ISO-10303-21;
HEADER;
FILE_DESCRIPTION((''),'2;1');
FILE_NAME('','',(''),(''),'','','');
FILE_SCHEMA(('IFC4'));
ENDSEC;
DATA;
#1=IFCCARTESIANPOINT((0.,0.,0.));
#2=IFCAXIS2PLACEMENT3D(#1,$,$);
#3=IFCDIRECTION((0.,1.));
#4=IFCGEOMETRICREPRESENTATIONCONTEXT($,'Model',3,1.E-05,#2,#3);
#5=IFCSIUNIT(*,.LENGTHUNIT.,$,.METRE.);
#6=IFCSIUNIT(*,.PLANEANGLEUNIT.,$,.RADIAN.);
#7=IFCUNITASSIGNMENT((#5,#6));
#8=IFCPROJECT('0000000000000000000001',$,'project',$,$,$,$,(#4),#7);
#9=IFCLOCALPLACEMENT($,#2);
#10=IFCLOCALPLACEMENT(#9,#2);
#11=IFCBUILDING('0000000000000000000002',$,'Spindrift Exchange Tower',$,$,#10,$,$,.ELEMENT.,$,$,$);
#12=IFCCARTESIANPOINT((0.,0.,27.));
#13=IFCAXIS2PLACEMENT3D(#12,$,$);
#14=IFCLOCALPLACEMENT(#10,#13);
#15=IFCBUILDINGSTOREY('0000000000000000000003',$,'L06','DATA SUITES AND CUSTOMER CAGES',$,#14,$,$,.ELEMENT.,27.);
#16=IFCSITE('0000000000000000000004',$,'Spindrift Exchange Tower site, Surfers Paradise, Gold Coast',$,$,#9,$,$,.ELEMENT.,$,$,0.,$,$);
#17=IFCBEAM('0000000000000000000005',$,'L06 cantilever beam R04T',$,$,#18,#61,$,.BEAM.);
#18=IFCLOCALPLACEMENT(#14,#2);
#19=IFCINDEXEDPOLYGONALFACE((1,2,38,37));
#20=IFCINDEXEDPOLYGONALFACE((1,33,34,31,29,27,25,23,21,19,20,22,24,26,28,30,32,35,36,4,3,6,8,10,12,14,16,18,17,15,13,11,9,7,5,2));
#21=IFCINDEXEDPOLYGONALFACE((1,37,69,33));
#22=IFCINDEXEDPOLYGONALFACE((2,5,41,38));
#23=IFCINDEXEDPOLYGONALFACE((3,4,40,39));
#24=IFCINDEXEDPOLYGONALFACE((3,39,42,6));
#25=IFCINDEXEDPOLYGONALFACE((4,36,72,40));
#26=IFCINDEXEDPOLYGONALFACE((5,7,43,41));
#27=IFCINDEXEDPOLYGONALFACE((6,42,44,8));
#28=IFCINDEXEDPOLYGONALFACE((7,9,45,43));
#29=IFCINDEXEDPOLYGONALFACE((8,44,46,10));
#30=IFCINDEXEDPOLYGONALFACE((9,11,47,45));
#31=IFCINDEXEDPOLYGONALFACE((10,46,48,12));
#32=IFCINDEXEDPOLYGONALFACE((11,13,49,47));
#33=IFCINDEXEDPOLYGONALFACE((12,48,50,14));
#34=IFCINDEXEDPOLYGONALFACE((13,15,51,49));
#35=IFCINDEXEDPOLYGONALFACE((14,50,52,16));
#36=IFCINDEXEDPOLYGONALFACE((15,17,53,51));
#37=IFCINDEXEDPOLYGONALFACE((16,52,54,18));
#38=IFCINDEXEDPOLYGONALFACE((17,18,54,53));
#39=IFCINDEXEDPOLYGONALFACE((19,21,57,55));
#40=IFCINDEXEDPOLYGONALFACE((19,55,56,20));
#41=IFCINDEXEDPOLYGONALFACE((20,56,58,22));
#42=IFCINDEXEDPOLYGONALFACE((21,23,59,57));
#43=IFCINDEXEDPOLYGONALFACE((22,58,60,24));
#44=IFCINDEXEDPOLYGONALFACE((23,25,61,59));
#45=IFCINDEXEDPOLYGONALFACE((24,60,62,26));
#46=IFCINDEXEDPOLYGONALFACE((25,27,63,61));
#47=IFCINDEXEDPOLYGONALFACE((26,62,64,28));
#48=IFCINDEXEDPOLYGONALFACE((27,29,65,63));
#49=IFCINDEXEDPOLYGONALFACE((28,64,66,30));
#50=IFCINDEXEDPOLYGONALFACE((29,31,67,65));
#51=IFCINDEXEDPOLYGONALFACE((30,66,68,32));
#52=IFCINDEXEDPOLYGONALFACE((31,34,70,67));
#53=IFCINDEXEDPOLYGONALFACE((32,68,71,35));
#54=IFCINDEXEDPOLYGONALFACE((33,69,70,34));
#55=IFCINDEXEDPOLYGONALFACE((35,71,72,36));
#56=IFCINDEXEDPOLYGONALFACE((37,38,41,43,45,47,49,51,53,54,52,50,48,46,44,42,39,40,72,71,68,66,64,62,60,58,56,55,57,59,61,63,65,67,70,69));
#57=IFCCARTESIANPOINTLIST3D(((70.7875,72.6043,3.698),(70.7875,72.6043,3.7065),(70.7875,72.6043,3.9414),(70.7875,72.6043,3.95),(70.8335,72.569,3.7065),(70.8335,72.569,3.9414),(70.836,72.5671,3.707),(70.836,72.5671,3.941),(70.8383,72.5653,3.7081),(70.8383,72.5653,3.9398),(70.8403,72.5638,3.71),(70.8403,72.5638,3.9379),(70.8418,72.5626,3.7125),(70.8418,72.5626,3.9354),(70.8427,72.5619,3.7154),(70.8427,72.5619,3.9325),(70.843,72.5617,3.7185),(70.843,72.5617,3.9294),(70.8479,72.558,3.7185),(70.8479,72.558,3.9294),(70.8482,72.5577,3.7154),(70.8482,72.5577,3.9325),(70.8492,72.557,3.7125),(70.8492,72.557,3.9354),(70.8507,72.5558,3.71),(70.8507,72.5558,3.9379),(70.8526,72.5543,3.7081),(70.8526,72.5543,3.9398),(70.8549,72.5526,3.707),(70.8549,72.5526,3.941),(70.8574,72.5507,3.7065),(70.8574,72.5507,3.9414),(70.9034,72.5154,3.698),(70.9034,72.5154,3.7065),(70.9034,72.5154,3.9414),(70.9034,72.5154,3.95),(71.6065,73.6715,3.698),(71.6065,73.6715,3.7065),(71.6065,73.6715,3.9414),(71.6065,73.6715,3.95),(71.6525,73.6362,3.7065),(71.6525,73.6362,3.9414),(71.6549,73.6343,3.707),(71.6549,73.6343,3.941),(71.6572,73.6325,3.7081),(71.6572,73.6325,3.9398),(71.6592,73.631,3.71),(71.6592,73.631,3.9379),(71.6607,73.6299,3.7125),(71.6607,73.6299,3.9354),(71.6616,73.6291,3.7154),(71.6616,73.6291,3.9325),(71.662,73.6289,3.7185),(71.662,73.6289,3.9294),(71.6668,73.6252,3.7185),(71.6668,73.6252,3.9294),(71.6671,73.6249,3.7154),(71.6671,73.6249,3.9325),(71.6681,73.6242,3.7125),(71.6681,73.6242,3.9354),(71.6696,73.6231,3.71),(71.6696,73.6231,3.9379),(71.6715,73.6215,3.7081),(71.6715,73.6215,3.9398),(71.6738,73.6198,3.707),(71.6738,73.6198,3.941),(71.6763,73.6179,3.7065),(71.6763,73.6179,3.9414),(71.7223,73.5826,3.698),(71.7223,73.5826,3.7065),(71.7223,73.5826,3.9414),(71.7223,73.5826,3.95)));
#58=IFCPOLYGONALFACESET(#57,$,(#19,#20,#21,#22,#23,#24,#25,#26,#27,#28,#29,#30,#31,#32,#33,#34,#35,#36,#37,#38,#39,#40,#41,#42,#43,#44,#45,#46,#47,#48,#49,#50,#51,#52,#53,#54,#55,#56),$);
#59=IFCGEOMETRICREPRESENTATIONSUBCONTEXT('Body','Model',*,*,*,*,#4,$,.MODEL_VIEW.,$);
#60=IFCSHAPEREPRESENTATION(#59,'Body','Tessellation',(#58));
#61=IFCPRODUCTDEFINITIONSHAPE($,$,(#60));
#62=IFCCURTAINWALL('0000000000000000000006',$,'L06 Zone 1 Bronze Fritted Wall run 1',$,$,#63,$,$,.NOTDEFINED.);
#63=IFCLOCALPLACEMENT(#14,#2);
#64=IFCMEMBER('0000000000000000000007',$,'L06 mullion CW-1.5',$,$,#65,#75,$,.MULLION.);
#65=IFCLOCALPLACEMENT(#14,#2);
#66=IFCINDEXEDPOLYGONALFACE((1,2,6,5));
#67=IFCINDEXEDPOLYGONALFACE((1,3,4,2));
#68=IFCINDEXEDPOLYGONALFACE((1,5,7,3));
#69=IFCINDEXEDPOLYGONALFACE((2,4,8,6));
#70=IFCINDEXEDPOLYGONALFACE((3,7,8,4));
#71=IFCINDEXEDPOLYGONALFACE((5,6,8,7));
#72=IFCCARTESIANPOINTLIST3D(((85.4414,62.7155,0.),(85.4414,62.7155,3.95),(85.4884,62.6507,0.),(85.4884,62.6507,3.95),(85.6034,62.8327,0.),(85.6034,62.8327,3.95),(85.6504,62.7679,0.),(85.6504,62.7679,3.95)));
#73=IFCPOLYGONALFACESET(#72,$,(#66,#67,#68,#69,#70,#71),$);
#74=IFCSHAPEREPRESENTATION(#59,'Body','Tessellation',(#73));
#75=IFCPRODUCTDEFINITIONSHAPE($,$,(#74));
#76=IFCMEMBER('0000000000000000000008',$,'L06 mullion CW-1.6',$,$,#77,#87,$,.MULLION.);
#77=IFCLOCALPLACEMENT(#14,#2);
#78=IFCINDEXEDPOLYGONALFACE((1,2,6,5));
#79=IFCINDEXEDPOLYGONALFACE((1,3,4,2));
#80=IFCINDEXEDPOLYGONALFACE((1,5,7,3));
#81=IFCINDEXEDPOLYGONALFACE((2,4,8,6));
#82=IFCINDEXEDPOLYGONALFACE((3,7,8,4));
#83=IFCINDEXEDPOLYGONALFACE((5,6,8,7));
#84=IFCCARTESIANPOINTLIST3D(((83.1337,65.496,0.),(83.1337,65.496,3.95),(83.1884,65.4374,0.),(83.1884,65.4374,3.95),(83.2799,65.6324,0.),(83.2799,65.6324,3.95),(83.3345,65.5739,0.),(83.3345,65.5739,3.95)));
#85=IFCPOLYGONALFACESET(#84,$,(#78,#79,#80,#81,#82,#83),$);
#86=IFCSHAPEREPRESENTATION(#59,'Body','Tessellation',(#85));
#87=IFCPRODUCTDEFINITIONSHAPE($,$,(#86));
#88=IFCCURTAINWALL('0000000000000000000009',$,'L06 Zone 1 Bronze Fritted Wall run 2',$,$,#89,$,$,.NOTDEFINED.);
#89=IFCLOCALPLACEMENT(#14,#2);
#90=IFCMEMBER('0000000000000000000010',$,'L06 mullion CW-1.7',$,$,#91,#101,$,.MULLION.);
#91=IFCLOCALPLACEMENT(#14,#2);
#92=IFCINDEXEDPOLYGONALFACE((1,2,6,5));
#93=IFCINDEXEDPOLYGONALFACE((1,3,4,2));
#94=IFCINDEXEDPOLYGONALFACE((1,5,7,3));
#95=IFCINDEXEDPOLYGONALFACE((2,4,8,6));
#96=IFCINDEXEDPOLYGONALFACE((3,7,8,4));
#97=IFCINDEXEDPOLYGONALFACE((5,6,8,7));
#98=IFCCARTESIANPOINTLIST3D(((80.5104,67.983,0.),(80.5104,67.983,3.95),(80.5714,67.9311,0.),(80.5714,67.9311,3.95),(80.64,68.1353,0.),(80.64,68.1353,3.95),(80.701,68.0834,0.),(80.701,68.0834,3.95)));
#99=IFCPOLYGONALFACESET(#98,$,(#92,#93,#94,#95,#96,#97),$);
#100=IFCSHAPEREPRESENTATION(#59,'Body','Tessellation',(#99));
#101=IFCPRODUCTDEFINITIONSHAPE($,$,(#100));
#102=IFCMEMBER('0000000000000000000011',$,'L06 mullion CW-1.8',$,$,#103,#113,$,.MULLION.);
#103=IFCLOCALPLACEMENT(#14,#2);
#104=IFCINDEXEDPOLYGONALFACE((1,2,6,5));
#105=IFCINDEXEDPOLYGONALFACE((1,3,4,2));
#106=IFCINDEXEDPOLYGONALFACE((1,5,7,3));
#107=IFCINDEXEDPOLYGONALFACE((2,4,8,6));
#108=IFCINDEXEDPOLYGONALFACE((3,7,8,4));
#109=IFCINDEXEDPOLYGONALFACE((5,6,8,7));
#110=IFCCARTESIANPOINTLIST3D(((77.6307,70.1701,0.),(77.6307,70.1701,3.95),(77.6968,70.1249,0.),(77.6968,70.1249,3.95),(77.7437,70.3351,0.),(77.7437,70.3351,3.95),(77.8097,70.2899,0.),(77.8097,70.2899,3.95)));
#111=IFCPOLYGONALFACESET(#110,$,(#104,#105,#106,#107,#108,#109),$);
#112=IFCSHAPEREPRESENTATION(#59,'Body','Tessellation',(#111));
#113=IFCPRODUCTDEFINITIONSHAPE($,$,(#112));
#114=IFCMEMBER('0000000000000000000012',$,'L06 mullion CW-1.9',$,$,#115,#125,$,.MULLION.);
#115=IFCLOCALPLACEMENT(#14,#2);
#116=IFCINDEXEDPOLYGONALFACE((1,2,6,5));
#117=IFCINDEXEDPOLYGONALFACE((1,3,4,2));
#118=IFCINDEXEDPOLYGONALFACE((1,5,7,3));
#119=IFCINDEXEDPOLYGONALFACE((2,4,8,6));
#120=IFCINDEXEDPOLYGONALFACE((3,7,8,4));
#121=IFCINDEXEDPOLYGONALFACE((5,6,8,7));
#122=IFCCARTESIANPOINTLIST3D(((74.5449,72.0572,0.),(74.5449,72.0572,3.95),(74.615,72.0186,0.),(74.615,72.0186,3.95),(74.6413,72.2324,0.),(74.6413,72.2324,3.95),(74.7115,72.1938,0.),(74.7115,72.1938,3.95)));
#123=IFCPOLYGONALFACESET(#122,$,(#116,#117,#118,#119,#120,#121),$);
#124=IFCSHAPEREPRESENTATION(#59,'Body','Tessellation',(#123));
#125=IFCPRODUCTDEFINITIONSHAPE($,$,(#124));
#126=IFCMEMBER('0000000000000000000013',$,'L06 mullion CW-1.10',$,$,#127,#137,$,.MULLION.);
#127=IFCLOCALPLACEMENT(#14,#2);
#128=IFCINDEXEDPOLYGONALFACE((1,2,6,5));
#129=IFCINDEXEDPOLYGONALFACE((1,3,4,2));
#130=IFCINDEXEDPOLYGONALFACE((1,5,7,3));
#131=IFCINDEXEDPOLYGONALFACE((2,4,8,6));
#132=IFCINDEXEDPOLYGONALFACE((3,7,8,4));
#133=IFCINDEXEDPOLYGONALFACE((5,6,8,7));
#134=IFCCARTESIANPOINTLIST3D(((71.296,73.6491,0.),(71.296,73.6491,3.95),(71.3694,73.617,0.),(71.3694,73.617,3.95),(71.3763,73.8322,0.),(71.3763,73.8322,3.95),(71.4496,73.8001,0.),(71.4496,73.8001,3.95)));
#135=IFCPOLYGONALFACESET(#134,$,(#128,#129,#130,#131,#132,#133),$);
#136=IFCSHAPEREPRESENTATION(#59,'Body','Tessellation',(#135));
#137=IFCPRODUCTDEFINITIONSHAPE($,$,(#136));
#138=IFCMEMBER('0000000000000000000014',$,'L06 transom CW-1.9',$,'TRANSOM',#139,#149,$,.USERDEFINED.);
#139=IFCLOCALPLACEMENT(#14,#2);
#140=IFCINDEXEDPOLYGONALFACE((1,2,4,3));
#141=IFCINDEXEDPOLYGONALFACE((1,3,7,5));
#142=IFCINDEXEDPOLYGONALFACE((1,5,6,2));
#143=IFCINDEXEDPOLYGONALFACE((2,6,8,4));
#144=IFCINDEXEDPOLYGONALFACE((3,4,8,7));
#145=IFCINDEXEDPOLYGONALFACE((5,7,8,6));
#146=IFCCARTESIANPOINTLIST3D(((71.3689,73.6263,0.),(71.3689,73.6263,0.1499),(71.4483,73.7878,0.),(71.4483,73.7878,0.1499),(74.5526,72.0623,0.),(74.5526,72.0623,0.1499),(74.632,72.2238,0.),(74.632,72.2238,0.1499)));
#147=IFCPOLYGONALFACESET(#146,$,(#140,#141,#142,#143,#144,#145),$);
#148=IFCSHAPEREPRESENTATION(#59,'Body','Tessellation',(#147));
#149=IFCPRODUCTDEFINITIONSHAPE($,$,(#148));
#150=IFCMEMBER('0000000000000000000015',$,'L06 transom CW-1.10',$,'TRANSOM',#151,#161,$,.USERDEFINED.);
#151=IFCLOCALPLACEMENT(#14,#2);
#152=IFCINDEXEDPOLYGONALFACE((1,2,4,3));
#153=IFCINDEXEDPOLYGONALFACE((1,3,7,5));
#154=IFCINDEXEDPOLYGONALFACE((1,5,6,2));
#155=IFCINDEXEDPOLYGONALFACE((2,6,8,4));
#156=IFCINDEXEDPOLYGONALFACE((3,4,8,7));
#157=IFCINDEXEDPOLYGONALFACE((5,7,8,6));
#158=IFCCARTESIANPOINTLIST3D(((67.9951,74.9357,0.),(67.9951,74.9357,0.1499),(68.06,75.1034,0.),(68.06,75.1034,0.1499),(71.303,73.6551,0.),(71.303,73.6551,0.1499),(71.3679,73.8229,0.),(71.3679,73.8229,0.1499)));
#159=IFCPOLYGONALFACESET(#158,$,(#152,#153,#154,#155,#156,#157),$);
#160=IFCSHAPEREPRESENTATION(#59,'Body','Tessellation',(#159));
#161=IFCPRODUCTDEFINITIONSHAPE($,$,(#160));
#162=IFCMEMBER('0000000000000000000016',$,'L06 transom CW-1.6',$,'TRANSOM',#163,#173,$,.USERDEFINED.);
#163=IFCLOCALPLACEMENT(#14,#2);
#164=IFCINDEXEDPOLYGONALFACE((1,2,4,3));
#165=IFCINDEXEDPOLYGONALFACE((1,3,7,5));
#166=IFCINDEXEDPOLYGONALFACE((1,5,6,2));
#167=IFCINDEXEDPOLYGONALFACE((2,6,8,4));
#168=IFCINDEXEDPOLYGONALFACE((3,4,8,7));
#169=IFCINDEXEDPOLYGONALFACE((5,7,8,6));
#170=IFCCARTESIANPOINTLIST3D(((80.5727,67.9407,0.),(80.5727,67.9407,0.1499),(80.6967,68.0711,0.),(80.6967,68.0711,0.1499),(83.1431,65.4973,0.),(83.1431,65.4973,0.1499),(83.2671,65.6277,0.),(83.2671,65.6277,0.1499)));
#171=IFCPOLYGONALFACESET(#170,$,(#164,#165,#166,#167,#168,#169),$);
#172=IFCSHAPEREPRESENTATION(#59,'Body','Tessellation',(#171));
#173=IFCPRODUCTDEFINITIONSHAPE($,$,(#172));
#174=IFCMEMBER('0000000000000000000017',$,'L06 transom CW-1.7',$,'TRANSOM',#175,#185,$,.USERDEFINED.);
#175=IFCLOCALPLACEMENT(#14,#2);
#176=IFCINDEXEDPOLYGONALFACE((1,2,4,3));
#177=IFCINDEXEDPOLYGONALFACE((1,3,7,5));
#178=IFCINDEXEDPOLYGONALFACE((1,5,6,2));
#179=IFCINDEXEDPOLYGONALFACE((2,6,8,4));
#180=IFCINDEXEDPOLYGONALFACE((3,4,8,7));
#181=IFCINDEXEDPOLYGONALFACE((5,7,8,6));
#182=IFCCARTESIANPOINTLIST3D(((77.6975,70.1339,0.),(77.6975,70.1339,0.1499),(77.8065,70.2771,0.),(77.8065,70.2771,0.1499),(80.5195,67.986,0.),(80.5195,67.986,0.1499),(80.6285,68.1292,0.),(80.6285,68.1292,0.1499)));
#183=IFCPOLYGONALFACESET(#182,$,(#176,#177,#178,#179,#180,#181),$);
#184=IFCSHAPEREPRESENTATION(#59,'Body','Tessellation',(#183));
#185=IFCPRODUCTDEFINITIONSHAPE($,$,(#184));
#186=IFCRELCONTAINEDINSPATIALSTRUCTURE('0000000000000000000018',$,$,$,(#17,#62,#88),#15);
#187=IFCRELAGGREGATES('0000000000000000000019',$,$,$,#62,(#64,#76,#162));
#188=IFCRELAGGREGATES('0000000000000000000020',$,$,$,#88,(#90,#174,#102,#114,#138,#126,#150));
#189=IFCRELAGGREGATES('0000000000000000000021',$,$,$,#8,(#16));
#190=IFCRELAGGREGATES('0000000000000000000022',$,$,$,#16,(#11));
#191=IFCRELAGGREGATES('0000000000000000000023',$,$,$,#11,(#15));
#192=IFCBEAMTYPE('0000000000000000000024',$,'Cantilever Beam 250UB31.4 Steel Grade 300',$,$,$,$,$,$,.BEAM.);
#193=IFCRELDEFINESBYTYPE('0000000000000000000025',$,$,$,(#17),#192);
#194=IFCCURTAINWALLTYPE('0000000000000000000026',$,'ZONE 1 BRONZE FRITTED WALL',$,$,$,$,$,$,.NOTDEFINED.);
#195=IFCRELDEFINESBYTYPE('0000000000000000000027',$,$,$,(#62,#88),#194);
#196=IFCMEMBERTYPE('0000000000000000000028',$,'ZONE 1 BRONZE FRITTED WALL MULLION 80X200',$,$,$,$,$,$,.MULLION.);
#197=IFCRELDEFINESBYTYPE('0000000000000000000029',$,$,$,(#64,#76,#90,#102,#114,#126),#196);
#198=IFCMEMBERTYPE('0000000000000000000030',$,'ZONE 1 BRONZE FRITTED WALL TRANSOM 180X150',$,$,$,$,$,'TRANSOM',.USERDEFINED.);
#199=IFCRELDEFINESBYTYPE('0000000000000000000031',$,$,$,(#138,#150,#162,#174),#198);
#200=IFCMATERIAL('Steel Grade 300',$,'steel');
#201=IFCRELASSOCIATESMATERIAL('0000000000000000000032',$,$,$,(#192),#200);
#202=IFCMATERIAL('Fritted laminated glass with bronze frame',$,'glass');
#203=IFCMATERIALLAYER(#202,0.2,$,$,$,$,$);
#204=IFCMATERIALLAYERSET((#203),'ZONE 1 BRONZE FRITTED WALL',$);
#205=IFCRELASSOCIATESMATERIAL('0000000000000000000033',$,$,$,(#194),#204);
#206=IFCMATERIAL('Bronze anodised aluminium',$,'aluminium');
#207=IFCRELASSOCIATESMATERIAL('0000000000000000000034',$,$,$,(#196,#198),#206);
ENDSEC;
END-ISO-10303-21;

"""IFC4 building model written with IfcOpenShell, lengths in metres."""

from ifc_helpers import new_model, si_unit, direction, frame, origin, origin_2d, place, context, subcontext, project, spatial, rectangle, i_section, extrude, source, transform, mapped, material, layer, layer_set, material_profile, profile_set, type_object, element, aggregate, save


model = new_model("IFC4")

# Units and contexts
model_context = context("Model", 3, precision=1e-05, world=origin(), true_north=direction((0.0, 1.0)))
body_context = subcontext(model_context, "Body", "Model", "MODEL_VIEW")
ifc_project = project(units=[si_unit("LENGTHUNIT", "METRE"), si_unit("PLANEANGLEUNIT", "RADIAN")], contexts=[model_context])

# Site, building, storey
site_placement = place(None, origin())
site = spatial("IfcSite", under=ifc_project, at=site_placement, Name="Spindrift Exchange Tower site, Surfers Paradise, Gold Coast", CompositionType="ELEMENT", RefElevation=0.0)
building_placement = place(site_placement, origin())
building = spatial("IfcBuilding", under=site, at=building_placement, Name="Spindrift Exchange Tower", CompositionType="ELEMENT")
storey_placement = place(building_placement, frame((0.0, 0.0, 27.0)))
storey = spatial("IfcBuildingStorey", under=building, at=storey_placement, Name="L06", Description="DATA SUITES AND CUSTOMER CAGES", CompositionType="ELEMENT", Elevation=27.0)

# Beam
ifc_material_1 = material(Name="Steel Grade 300", Category="steel")
ifc_material_profile_1 = material_profile(ifc_material_1, i_section(OverallWidth=0.146, OverallDepth=0.252, WebThickness=0.0061, FlangeThickness=0.0085, FilletRadius=0.012, at=origin_2d()), Name="250UB31.4")
ifc_profile_set_1 = profile_set([ifc_material_profile_1], Name="Steel Grade 300")
beam_type_1 = type_object("IfcBeamType", Name="Cantilever Beam 250UB31.4 Steel Grade 300", PredefinedType="BEAM", material=ifc_profile_set_1)
shared_shape_1 = source(origin(), body_context, "Body", "SweptSolid", [
    extrude(i_section(OverallWidth=0.146, OverallDepth=0.252, WebThickness=0.0061, FlangeThickness=0.0085, FilletRadius=0.012, at=origin_2d()), origin(), (0.0, 0.0, 1.0), 1.3452),
])
beam_1_placement = place(storey_placement, frame((70.8455, 72.5598, 3.824), z_axis=(0.608763, 0.793352, 0.0), x_axis=(-0.793352, 0.608763, 0.0)))
element("IfcBeam", 1, at=beam_1_placement, inside=storey, type_object=beam_type_1, Name="L06 cantilever beam R04T", PredefinedType="BEAM", context=body_context, shape_type="MappedRepresentation", body=[
    mapped(shared_shape_1, transform((0.0, 0.0, 0.0), scale=1.0)),
])

# Curtain walls, members
ifc_material_2 = material(Name="Fritted laminated glass with bronze frame", Category="glass")
ifc_layer_1 = layer(ifc_material_2, 0.2)
ifc_layer_set_1 = layer_set([ifc_layer_1], Name="ZONE 1 BRONZE FRITTED WALL")
curtain_wall_type = type_object("IfcCurtainWallType", Name="ZONE 1 BRONZE FRITTED WALL", PredefinedType="NOTDEFINED", material=ifc_layer_set_1)
curtain_wall_1_placement = place(storey_placement, origin())
curtain_wall_1 = element("IfcCurtainWall", 2, at=curtain_wall_1_placement, inside=storey, type_object=curtain_wall_type, Name="L06 Zone 1 Bronze Fritted Wall run 1", PredefinedType="NOTDEFINED")
ifc_material_3 = material(Name="Bronze anodised aluminium", Category="aluminium")
ifc_material_profile_2 = material_profile(ifc_material_3, rectangle(XDim=0.0801, YDim=0.2, at=origin_2d()), Name="ZONE 1 BRONZE FRITTED WALL MULLION 80X200")
ifc_profile_set_2 = profile_set([ifc_material_profile_2], Name="Bronze anodised aluminium")
member_type_1 = type_object("IfcMemberType", Name="ZONE 1 BRONZE FRITTED WALL MULLION 80X200", PredefinedType="MULLION", material=ifc_profile_set_2)
shared_shape_2 = source(origin(), body_context, "Body", "SweptSolid", [
    extrude(rectangle(XDim=0.0801, YDim=0.2, at=origin_2d()), origin(), (0.0, 0.0, 1.0), 3.95),
])
member_1_placement = place(storey_placement, frame((85.5459, 62.7417, 0.0), z_axis=(0.0, 0.0, 1.0), x_axis=(-0.58615, 0.810202, 0.0)))
member_1 = element("IfcMember", 3, at=member_1_placement, type_object=member_type_1, Name="L06 mullion CW-1.5", PredefinedType="MULLION", context=body_context, shape_type="MappedRepresentation", body=[
    mapped(shared_shape_2, transform((0.0, 0.0, 0.0), scale=1.0)),
])
member_2_placement = place(storey_placement, frame((83.2341, 65.5349, 0.0), z_axis=(0.0, 0.0, 1.0), x_axis=(-0.682403, 0.730976, 0.0)))
member_2 = element("IfcMember", 4, at=member_2_placement, type_object=member_type_1, Name="L06 mullion CW-1.6", PredefinedType="MULLION", context=body_context, shape_type="MappedRepresentation", body=[
    mapped(shared_shape_2, transform((0.0, 0.0, 0.0), scale=1.0)),
])
curtain_wall_2_placement = place(storey_placement, origin())
curtain_wall_2 = element("IfcCurtainWall", 5, at=curtain_wall_2_placement, inside=storey, type_object=curtain_wall_type, Name="L06 Zone 1 Bronze Fritted Wall run 2", PredefinedType="NOTDEFINED")
member_3_placement = place(storey_placement, frame((80.6057, 68.0332, 0.0), z_axis=(0.0, 0.0, 1.0), x_axis=(-0.76138, 0.648306, 0.0)))
member_3 = element("IfcMember", 6, at=member_3_placement, type_object=member_type_1, Name="L06 mullion CW-1.7", PredefinedType="MULLION", context=body_context, shape_type="MappedRepresentation", body=[
    mapped(shared_shape_2, transform((0.0, 0.0, 0.0), scale=1.0)),
])
member_4_placement = place(storey_placement, frame((77.7202, 70.23, 0.0), z_axis=(0.0, 0.0, 1.0), x_axis=(-0.825167, 0.564889, 0.0)))
member_4 = element("IfcMember", 7, at=member_4_placement, type_object=member_type_1, Name="L06 mullion CW-1.8", PredefinedType="MULLION", context=body_context, shape_type="MappedRepresentation", body=[
    mapped(shared_shape_2, transform((0.0, 0.0, 0.0), scale=1.0)),
])
member_5_placement = place(storey_placement, frame((74.6282, 72.1255, 0.0), z_axis=(0.0, 0.0, 1.0), x_axis=(-0.876004, 0.482305, 0.0)))
member_5 = element("IfcMember", 8, at=member_5_placement, type_object=member_type_1, Name="L06 mullion CW-1.9", PredefinedType="MULLION", context=body_context, shape_type="MappedRepresentation", body=[
    mapped(shared_shape_2, transform((0.0, 0.0, 0.0), scale=1.0)),
])
member_6_placement = place(storey_placement, frame((71.3728, 73.7246, 0.0), z_axis=(0.0, 0.0, 1.0), x_axis=(-0.915935, 0.401326, 0.0)))
member_6 = element("IfcMember", 9, at=member_6_placement, type_object=member_type_1, Name="L06 mullion CW-1.10", PredefinedType="MULLION", context=body_context, shape_type="MappedRepresentation", body=[
    mapped(shared_shape_2, transform((0.0, 0.0, 0.0), scale=1.0)),
])
ifc_material_profile_3 = material_profile(ifc_material_3, rectangle(XDim=0.1799, YDim=0.1499, at=origin_2d()), Name="ZONE 1 BRONZE FRITTED WALL TRANSOM 180X150")
ifc_profile_set_3 = profile_set([ifc_material_profile_3], Name="Bronze anodised aluminium")
member_type_2 = type_object("IfcMemberType", Name="ZONE 1 BRONZE FRITTED WALL TRANSOM 180X150", ElementType="TRANSOM", PredefinedType="USERDEFINED", material=ifc_profile_set_3)
shared_shape_3 = source(origin(), body_context, "Body", "SweptSolid", [
    extrude(rectangle(XDim=0.1799, YDim=0.1499, at=origin_2d()), origin(), (0.0, 0.0, 1.0), 3.5471),
])
member_7_placement = place(storey_placement, frame((74.5923, 72.1431, 0.075), z_axis=(-0.897544, 0.440925, 0.0), x_axis=(-0.440925, -0.897544, 0.0)))
member_7 = element("IfcMember", 10, at=member_7_placement, type_object=member_type_2, Name="L06 transom CW-1.9", ObjectType="TRANSOM", PredefinedType="USERDEFINED", context=body_context, shape_type="MappedRepresentation", body=[
    mapped(shared_shape_3, transform((0.0, 0.0, 0.0), scale=1.0)),
])
member_8_placement = place(storey_placement, frame((71.3354, 73.739, 0.075), z_axis=(-0.932563, 0.361008, 0.0), x_axis=(-0.361008, -0.932563, 0.0)))
member_8 = element("IfcMember", 11, at=member_8_placement, type_object=member_type_2, Name="L06 transom CW-1.10", ObjectType="TRANSOM", PredefinedType="USERDEFINED", context=body_context, shape_type="MappedRepresentation", body=[
    mapped(shared_shape_3, transform((0.0, 0.0, 0.0), scale=1.0)),
])

# Members
shared_shape_4 = source(origin(), body_context, "Body", "SweptSolid", [
    extrude(rectangle(XDim=0.1799, YDim=0.1499, at=origin_2d()), origin(), (0.0, 0.0, 1.0), 3.5464),
])
member_9_placement = place(storey_placement, frame((83.2051, 65.5625, 0.075), z_axis=(-0.724779, 0.688981, 0.0), x_axis=(-0.688981, -0.724779, 0.0)))
member_9 = element("IfcMember", 12, at=member_9_placement, type_object=member_type_2, Name="L06 transom CW-1.6", ObjectType="TRANSOM", PredefinedType="USERDEFINED", context=body_context, shape_type="MappedRepresentation", body=[
    mapped(shared_shape_4, transform((0.0, 0.0, 0.0), scale=1.0)),
])
member_10_placement = place(storey_placement, frame((80.574, 68.0576, 0.075), z_axis=(-0.795726, 0.605657, 0.0), x_axis=(-0.605657, -0.795726, 0.0)))
member_10 = element("IfcMember", 13, at=member_10_placement, type_object=member_type_2, Name="L06 transom CW-1.7", ObjectType="TRANSOM", PredefinedType="USERDEFINED", context=body_context, shape_type="MappedRepresentation", body=[
    mapped(shared_shape_4, transform((0.0, 0.0, 0.0), scale=1.0)),
])

aggregate(curtain_wall_1, [member_1, member_2, member_9])
aggregate(curtain_wall_2, [member_3, member_10, member_4, member_5, member_7, member_6, member_8])

save(model, "model.ifc")
